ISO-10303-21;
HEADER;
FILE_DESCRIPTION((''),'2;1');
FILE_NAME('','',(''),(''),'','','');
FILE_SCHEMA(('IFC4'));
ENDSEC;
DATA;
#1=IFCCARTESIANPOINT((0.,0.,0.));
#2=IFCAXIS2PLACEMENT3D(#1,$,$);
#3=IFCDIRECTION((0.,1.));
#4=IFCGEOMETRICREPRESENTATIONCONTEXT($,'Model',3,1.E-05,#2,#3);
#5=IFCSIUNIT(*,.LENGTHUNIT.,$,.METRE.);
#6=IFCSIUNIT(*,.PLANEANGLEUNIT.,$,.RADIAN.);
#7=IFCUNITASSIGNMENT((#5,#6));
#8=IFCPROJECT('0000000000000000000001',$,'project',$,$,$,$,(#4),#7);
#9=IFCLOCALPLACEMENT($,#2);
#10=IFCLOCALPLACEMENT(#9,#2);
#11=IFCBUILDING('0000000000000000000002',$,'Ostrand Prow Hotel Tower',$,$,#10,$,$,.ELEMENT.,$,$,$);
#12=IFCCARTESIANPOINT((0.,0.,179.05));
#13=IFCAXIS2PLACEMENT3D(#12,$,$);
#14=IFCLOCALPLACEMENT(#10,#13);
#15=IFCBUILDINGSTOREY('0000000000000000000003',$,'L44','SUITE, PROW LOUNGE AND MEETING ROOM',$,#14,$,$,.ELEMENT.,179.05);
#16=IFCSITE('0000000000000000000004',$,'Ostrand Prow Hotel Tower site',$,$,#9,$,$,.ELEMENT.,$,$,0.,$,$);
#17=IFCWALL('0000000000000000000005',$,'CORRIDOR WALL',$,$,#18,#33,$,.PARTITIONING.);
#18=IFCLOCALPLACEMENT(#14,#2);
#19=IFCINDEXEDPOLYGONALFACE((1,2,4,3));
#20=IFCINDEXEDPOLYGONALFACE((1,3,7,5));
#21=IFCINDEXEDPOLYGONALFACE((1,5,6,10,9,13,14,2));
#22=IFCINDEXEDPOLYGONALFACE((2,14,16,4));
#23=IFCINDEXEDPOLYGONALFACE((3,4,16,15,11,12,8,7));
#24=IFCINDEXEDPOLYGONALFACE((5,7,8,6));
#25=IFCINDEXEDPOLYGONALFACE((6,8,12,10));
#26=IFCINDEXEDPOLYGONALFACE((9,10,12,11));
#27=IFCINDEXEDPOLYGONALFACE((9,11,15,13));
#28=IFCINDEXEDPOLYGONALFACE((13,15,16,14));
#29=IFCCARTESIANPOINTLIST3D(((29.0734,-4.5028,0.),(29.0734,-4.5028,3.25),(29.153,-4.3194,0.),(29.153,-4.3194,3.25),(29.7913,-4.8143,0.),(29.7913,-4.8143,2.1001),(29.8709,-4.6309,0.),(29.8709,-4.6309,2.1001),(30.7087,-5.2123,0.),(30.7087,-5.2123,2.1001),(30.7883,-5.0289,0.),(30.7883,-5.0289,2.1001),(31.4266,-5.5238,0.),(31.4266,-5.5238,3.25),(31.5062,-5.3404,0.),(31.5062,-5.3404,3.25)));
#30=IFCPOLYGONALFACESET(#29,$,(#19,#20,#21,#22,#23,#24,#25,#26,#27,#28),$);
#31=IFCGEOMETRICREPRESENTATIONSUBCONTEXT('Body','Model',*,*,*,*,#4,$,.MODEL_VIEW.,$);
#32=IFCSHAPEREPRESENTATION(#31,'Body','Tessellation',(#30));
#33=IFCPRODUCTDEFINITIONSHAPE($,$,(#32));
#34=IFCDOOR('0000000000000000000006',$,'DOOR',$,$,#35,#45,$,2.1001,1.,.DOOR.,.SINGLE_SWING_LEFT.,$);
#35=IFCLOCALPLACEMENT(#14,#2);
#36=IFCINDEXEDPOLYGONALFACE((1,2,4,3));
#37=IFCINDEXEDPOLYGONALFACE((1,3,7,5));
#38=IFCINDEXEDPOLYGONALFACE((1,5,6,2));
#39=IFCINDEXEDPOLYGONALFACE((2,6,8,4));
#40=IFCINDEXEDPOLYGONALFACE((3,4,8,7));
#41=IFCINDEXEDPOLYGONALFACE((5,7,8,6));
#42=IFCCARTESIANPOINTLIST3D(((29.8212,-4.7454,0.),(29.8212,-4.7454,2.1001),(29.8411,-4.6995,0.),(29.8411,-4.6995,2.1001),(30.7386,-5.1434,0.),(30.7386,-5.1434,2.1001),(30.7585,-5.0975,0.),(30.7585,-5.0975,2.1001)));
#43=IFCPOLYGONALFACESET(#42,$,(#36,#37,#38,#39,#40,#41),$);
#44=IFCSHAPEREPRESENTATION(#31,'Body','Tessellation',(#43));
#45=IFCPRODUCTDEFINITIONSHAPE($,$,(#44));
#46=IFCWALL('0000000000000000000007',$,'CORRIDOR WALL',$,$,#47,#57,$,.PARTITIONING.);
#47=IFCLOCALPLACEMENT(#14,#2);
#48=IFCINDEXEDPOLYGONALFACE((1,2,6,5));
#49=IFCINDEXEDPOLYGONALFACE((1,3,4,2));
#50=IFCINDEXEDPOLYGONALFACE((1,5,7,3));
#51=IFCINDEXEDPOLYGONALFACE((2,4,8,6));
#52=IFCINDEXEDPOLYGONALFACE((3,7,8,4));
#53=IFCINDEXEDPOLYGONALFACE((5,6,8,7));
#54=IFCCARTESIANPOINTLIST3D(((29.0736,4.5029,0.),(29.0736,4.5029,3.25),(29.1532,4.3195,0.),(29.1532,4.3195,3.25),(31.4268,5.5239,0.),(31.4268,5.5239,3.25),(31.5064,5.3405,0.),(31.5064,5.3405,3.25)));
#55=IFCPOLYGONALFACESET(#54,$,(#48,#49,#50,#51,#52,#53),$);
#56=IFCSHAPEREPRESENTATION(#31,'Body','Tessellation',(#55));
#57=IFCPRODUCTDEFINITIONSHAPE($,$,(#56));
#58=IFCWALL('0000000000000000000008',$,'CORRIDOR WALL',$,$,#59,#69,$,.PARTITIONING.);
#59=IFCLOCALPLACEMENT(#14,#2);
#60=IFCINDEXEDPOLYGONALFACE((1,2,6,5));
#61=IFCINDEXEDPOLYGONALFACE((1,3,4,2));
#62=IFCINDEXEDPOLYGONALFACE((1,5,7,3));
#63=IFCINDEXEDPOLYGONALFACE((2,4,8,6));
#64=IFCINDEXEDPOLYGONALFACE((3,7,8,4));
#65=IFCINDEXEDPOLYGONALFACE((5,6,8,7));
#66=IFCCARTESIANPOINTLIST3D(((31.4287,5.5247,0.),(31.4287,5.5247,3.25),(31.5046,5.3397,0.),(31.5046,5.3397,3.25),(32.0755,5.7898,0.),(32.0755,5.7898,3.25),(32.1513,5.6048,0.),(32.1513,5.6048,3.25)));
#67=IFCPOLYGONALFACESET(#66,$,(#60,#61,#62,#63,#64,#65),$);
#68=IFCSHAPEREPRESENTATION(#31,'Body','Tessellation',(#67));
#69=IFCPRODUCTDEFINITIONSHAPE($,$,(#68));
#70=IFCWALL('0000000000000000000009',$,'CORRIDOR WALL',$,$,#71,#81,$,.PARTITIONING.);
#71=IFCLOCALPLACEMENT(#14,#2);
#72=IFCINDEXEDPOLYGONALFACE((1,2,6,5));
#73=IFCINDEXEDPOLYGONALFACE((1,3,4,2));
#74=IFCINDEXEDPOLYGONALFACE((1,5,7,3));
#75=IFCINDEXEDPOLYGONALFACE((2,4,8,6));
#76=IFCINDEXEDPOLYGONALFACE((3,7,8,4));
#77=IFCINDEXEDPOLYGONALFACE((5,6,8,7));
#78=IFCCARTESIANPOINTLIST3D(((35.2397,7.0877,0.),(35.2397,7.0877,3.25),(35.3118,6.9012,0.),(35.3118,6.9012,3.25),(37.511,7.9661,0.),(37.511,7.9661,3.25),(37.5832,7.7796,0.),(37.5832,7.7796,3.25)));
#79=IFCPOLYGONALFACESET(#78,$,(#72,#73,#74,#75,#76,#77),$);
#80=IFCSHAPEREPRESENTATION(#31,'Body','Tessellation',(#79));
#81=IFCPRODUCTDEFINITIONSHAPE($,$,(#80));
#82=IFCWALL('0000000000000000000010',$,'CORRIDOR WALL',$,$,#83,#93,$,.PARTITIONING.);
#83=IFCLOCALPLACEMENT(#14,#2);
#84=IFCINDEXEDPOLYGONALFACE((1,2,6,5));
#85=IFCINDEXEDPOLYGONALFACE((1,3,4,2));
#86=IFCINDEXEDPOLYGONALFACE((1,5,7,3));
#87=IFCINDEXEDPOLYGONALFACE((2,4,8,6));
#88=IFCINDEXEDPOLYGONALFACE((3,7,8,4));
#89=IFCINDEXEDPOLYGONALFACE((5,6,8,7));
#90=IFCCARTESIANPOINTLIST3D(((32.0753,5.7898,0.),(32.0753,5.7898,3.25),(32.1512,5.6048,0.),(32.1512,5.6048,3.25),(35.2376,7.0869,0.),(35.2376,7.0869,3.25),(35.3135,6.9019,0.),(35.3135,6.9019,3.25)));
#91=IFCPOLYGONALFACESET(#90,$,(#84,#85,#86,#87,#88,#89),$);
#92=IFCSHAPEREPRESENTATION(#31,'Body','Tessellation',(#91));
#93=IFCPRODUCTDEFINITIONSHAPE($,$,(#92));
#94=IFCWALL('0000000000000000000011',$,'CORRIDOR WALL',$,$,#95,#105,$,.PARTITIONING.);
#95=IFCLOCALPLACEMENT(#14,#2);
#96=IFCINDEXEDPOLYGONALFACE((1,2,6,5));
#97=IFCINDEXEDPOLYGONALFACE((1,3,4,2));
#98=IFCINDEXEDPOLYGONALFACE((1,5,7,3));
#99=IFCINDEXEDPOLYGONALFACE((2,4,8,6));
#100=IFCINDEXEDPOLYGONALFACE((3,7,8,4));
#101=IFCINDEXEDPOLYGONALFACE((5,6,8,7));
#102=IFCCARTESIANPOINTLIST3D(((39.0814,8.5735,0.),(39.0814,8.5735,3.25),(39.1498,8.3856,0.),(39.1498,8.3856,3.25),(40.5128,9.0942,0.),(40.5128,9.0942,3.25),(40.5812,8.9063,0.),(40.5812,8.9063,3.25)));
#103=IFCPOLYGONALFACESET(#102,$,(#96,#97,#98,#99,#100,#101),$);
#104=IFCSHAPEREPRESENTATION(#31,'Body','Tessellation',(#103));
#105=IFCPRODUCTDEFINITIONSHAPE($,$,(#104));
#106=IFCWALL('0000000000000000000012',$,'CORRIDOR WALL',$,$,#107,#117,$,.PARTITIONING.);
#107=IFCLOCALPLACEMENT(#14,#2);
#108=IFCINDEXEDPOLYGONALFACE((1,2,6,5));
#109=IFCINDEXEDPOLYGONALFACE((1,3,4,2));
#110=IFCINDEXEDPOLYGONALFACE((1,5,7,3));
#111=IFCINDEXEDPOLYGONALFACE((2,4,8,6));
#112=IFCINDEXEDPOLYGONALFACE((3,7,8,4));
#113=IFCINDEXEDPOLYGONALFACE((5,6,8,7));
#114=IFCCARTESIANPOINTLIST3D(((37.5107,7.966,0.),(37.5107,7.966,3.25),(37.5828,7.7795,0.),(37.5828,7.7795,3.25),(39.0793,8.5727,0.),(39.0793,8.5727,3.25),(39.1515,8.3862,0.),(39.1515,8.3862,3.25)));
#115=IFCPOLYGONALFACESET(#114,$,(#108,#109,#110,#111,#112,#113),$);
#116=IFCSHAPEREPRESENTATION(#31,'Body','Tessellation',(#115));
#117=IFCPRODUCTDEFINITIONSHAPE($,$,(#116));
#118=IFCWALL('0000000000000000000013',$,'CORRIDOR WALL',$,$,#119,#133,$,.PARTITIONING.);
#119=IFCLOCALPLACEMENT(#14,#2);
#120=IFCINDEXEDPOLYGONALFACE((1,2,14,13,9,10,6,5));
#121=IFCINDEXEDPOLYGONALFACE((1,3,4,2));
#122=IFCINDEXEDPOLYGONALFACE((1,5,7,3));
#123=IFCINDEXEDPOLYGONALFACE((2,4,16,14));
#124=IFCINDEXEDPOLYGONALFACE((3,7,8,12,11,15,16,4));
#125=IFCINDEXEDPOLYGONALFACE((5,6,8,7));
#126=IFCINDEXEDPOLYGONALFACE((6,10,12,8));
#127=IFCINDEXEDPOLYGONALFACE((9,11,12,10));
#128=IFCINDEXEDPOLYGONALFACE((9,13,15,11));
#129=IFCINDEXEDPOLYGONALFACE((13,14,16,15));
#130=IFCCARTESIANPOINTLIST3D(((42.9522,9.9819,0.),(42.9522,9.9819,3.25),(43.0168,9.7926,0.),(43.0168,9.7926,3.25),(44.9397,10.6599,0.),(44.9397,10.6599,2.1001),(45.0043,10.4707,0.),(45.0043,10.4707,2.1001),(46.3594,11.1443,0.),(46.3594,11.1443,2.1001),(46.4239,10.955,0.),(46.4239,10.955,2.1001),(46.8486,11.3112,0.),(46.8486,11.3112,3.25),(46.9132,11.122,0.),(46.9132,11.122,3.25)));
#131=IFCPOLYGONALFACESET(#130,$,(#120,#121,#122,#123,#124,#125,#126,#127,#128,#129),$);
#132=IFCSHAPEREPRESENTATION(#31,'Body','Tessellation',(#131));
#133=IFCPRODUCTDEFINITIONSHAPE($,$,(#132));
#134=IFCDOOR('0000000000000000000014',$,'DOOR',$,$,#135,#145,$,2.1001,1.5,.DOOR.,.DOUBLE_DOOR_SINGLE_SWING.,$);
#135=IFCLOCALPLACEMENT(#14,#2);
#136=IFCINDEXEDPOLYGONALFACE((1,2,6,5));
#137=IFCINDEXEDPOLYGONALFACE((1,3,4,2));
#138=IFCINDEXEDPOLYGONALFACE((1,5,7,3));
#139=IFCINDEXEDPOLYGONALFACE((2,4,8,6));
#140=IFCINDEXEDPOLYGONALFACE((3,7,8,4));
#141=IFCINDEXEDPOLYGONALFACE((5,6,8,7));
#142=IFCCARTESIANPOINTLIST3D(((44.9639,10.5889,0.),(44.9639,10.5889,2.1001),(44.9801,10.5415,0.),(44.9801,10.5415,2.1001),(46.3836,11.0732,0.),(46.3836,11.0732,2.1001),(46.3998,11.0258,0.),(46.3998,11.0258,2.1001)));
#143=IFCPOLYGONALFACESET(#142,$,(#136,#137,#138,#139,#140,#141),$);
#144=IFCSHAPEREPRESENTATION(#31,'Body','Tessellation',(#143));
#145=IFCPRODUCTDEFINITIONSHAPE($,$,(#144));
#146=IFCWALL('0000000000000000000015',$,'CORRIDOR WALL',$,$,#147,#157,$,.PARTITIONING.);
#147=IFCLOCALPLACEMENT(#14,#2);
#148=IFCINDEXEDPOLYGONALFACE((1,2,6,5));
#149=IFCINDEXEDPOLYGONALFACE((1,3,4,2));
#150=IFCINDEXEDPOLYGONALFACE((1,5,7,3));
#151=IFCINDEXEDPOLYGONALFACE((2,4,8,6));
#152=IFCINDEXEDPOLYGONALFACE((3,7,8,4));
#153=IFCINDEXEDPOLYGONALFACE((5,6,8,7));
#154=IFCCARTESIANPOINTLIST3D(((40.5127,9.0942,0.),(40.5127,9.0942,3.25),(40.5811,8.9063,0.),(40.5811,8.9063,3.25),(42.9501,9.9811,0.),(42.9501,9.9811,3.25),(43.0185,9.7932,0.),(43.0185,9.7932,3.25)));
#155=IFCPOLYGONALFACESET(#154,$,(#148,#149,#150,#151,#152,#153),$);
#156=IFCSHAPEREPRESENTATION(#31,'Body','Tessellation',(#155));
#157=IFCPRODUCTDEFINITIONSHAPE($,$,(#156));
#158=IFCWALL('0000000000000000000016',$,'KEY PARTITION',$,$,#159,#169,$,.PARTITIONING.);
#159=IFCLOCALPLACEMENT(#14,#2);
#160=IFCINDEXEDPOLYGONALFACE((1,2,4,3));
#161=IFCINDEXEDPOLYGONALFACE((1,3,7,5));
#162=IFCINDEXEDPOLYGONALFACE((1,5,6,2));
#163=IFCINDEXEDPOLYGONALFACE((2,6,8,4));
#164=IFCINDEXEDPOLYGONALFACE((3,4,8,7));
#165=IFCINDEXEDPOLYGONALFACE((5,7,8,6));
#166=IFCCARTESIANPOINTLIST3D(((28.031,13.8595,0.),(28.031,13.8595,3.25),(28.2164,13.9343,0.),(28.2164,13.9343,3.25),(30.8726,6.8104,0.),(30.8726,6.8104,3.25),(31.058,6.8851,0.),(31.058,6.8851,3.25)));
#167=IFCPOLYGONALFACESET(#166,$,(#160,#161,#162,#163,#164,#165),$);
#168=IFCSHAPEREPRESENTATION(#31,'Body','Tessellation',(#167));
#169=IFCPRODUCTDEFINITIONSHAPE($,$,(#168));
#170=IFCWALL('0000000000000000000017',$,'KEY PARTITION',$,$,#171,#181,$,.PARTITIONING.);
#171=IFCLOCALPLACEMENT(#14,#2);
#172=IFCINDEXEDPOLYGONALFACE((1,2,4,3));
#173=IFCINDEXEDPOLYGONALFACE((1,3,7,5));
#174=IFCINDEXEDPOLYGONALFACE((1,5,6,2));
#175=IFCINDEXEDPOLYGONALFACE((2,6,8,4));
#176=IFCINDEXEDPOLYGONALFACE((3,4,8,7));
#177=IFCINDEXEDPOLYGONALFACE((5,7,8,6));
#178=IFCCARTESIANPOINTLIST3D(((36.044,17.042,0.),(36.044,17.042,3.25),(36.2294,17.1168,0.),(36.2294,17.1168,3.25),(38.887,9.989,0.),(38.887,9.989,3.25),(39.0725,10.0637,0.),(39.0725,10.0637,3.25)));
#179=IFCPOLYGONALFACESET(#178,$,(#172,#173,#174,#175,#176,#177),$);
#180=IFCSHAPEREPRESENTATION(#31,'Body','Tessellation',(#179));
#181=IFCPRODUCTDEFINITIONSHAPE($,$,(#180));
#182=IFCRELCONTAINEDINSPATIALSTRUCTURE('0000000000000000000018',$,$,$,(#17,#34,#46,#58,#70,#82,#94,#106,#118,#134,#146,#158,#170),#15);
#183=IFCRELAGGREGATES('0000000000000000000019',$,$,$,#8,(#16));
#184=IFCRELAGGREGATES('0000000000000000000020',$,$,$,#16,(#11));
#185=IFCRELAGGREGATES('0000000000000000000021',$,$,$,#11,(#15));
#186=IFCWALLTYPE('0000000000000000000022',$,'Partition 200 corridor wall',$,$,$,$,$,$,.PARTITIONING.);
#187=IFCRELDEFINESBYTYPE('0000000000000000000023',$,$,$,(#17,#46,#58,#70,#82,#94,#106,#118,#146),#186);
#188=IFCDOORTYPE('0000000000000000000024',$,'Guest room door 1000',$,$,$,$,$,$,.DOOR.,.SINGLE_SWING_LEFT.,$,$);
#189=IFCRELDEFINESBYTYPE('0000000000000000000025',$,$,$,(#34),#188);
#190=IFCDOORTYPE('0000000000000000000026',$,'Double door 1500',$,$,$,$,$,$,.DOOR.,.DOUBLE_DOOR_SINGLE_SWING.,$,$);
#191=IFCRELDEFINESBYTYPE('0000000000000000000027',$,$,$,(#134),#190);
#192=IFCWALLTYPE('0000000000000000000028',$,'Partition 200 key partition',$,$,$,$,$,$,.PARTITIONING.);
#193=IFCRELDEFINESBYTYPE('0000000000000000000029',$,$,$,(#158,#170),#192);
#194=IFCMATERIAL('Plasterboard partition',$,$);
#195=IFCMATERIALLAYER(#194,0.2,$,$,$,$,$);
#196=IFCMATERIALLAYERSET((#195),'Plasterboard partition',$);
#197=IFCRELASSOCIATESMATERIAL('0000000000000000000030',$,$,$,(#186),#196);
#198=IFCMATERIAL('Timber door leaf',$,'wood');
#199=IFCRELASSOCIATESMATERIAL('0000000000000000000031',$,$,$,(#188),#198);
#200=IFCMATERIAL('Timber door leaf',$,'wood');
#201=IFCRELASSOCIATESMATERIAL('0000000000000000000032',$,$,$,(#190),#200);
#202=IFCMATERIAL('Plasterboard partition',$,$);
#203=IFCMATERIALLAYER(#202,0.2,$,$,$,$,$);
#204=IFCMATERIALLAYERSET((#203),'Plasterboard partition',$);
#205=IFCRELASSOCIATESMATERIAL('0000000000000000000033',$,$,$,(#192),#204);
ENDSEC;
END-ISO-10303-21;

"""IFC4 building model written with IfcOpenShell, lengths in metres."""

from ifc_helpers import new_model, si_unit, direction, frame, frame_2d, origin, place, context, subcontext, project, spatial, rectangle, extrude, material, layer, layer_set, type_object, element, fill, save


model = new_model("IFC4")

# Units and contexts
model_context = context("Model", 3, precision=1e-05, world=origin(), true_north=direction((0.0, 1.0)))
body_context = subcontext(model_context, "Body", "Model", "MODEL_VIEW")
ifc_project = project(units=[si_unit("LENGTHUNIT", "METRE"), si_unit("PLANEANGLEUNIT", "RADIAN")], contexts=[model_context])

# Site, building, storey
site_placement = place(None, origin())
site = spatial("IfcSite", under=ifc_project, at=site_placement, Name="Ostrand Prow Hotel Tower site", CompositionType="ELEMENT", RefElevation=0.0)
building_placement = place(site_placement, origin())
building = spatial("IfcBuilding", under=site, at=building_placement, Name="Ostrand Prow Hotel Tower", CompositionType="ELEMENT")
storey_placement = place(building_placement, frame((0.0, 0.0, 179.05)))
storey = spatial("IfcBuildingStorey", under=building, at=storey_placement, Name="L44", Description="SUITE, PROW LOUNGE AND MEETING ROOM", CompositionType="ELEMENT", Elevation=179.05)

# Shared definitions
ifc_material_1 = material(Name="Plasterboard partition")
ifc_layer_1 = layer(ifc_material_1, 0.2)
ifc_layer_set_1 = layer_set([ifc_layer_1], Name="Plasterboard partition")
wall_type_1 = type_object("IfcWallType", Name="Partition 200 corridor wall", PredefinedType="PARTITIONING", material=ifc_layer_set_1)

# Wall, opening, door
wall_1_placement = place(storey_placement, frame((31.4666, -5.4321, 0.0), z_axis=(0.0, 0.0, 1.0), x_axis=(-0.917378, 0.398016, 0.0)))
wall_1 = element("IfcWall", 1, at=wall_1_placement, inside=storey, type_object=wall_type_1, Name="CORRIDOR WALL", PredefinedType="PARTITIONING", context=body_context, shape_type="SweptSolid", body=[
    extrude(rectangle(XDim=2.5652, YDim=0.2, at=frame_2d((1.2827, 0.0))), origin(), (0.0, 0.0, 1.0), 3.25),
])
opening_1_placement = place(wall_1_placement, frame((0.7827, 0.0, 0.0)))
opening_1 = element("IfcOpeningElement", 2, at=opening_1_placement, cuts=wall_1, PredefinedType="OPENING", context=body_context, shape_type="SweptSolid", body=[
    extrude(rectangle(XDim=1.0, YDim=2.1001, at=frame_2d((0.5, 1.05))), frame((0.0, 0.1099, 0.0), z_axis=(0.0, -1.0, 0.0), x_axis=(1.0, 0.0, 0.0)), (0.0, 0.0, 1.0), 0.22),
])
ifc_material_2 = material(Name="Timber door leaf", Category="wood")
door_type_1 = type_object("IfcDoorType", Name="Guest room door 1000", OperationType="SINGLE_SWING_LEFT", PredefinedType="DOOR", material=ifc_material_2)
door_1_placement = place(opening_1_placement, origin())
door_1 = element("IfcDoor", 3, at=door_1_placement, inside=storey, type_object=door_type_1, Name="DOOR", OperationType="SINGLE_SWING_LEFT", OverallHeight=2.1001, OverallWidth=1.0, PredefinedType="DOOR", context=body_context, shape_type="SweptSolid", body=[
    extrude(rectangle(XDim=1.0, YDim=2.1001, at=frame_2d((0.5, 1.05))), frame((0.0, 0.0249, 0.0), z_axis=(0.0, -1.0, 0.0), x_axis=(1.0, 0.0, 0.0)), (0.0, 0.0, 1.0), 0.05),
])
fill(opening_1, door_1)

# Walls
wall_2_placement = place(storey_placement, frame((29.1133, 4.4111, 0.0), z_axis=(0.0, 0.0, 1.0), x_axis=(0.917378, 0.398016, 0.0)))
element("IfcWall", 4, at=wall_2_placement, inside=storey, type_object=wall_type_1, Name="CORRIDOR WALL", PredefinedType="PARTITIONING", context=body_context, shape_type="SweptSolid", body=[
    extrude(rectangle(XDim=2.5652, YDim=0.2, at=frame_2d((1.2827, 0.0))), origin(), (0.0, 0.0, 1.0), 3.25),
])
wall_3_placement = place(storey_placement, frame((31.4666, 5.4321, 0.0), z_axis=(0.0, 0.0, 1.0), x_axis=(0.925263, 0.379326, 0.0)))
element("IfcWall", 5, at=wall_3_placement, inside=storey, type_object=wall_type_1, Name="CORRIDOR WALL", PredefinedType="PARTITIONING", context=body_context, shape_type="SweptSolid", body=[
    extrude(rectangle(XDim=0.699, YDim=0.2, at=frame_2d((0.3496, 0.0))), origin(), (0.0, 0.0, 1.0), 3.25),
])
wall_4_placement = place(storey_placement, frame((35.2756, 6.9944, 0.0), z_axis=(0.0, 0.0, 1.0), x_axis=(0.932675, 0.360718, 0.0)))
element("IfcWall", 6, at=wall_4_placement, inside=storey, type_object=wall_type_1, Name="CORRIDOR WALL", PredefinedType="PARTITIONING", context=body_context, shape_type="SweptSolid", body=[
    extrude(rectangle(XDim=2.4353, YDim=0.2, at=frame_2d((1.2178, 0.0))), origin(), (0.0, 0.0, 1.0), 3.25),
])
wall_5_placement = place(storey_placement, frame((32.1133, 5.6973, 0.0), z_axis=(0.0, 0.0, 1.0), x_axis=(0.925195, 0.379492, 0.0)))
element("IfcWall", 7, at=wall_5_placement, inside=storey, type_object=wall_type_1, Name="CORRIDOR WALL", PredefinedType="PARTITIONING", context=body_context, shape_type="SweptSolid", body=[
    extrude(rectangle(XDim=3.418, YDim=0.2, at=frame_2d((1.709, 0.0))), origin(), (0.0, 0.0, 1.0), 3.25),
])
wall_6_placement = place(storey_placement, frame((39.1155, 8.4795, 0.0), z_axis=(0.0, 0.0, 1.0), x_axis=(0.939742, 0.341885, 0.0)))
element("IfcWall", 8, at=wall_6_placement, inside=storey, type_object=wall_type_1, Name="CORRIDOR WALL", PredefinedType="PARTITIONING", context=body_context, shape_type="SweptSolid", body=[
    extrude(rectangle(XDim=1.5232, YDim=0.2, at=frame_2d((0.7617, 0.0))), origin(), (0.0, 0.0, 1.0), 3.25),
])
wall_7_placement = place(storey_placement, frame((37.5469, 7.8728, 0.0), z_axis=(0.0, 0.0, 1.0), x_axis=(0.932671, 0.360729, 0.0)))
element("IfcWall", 9, at=wall_7_placement, inside=storey, type_object=wall_type_1, Name="CORRIDOR WALL", PredefinedType="PARTITIONING", context=body_context, shape_type="SweptSolid", body=[
    extrude(rectangle(XDim=1.6819, YDim=0.2, at=frame_2d((0.8408, 0.0))), origin(), (0.0, 0.0, 1.0), 3.25),
])

# Wall, opening, door
wall_8_placement = place(storey_placement, frame((42.9844, 9.8872, 0.0), z_axis=(0.0, 0.0, 1.0), x_axis=(0.946436, 0.322891, 0.0)))
wall_8 = element("IfcWall", 10, at=wall_8_placement, inside=storey, type_object=wall_type_1, Name="CORRIDOR WALL", PredefinedType="PARTITIONING", context=body_context, shape_type="SweptSolid", body=[
    extrude(rectangle(XDim=4.1169, YDim=0.2, at=frame_2d((2.0586, 0.0))), origin(), (0.0, 0.0, 1.0), 3.25),
])
opening_2_placement = place(wall_8_placement, frame((2.1001, 0.0, 0.0)))
opening_2 = element("IfcOpeningElement", 11, at=opening_2_placement, cuts=wall_8, PredefinedType="OPENING", context=body_context, shape_type="SweptSolid", body=[
    extrude(rectangle(XDim=1.5, YDim=2.1001, at=frame_2d((0.75, 1.05))), frame((0.0, 0.1099, 0.0), z_axis=(0.0, -1.0, 0.0), x_axis=(1.0, 0.0, 0.0)), (0.0, 0.0, 1.0), 0.22),
])
ifc_material_3 = material(Name="Timber door leaf", Category="wood")
door_type_2 = type_object("IfcDoorType", Name="Double door 1500", OperationType="DOUBLE_DOOR_SINGLE_SWING", PredefinedType="DOOR", material=ifc_material_3)
door_2_placement = place(opening_2_placement, origin())
door_2 = element("IfcDoor", 12, at=door_2_placement, inside=storey, type_object=door_type_2, Name="DOOR", OperationType="DOUBLE_DOOR_SINGLE_SWING", OverallHeight=2.1001, OverallWidth=1.5, PredefinedType="DOOR", context=body_context, shape_type="SweptSolid", body=[
    extrude(rectangle(XDim=1.5, YDim=2.1001, at=frame_2d((0.75, 1.05))), frame((0.0, 0.0249, 0.0), z_axis=(0.0, -1.0, 0.0), x_axis=(1.0, 0.0, 0.0)), (0.0, 0.0, 1.0), 0.05),
])
fill(opening_2, door_2)

# Walls
wall_9_placement = place(storey_placement, frame((40.5469, 9.0002, 0.0), z_axis=(0.0, 0.0, 1.0), x_axis=(0.939719, 0.341947, 0.0)))
element("IfcWall", 13, at=wall_9_placement, inside=storey, type_object=wall_type_1, Name="CORRIDOR WALL", PredefinedType="PARTITIONING", context=body_context, shape_type="SweptSolid", body=[
    extrude(rectangle(XDim=2.5938, YDim=0.2, at=frame_2d((1.2969, 0.0))), origin(), (0.0, 0.0, 1.0), 3.25),
])
ifc_material_4 = material(Name="Plasterboard partition")
ifc_layer_2 = layer(ifc_material_4, 0.2)
ifc_layer_set_2 = layer_set([ifc_layer_2], Name="Plasterboard partition")
wall_type_2 = type_object("IfcWallType", Name="Partition 200 key partition", PredefinedType="PARTITIONING", material=ifc_layer_set_2)
wall_10_placement = place(storey_placement, frame((30.9653, 6.8477, 0.0), z_axis=(0.0, 0.0, 1.0), x_axis=(-0.373876, 0.927479, 0.0)))
element("IfcWall", 14, at=wall_10_placement, inside=storey, type_object=wall_type_2, Name="KEY PARTITION", PredefinedType="PARTITIONING", context=body_context, shape_type="SweptSolid", body=[
    extrude(rectangle(XDim=7.6003, YDim=0.2, at=frame_2d((3.8003, 0.0))), origin(), (0.0, 0.0, 1.0), 3.25),
])
wall_11_placement = place(storey_placement, frame((38.9797, 10.0264, 0.0), z_axis=(0.0, 0.0, 1.0), x_axis=(-0.373864, 0.927484, 0.0)))
element("IfcWall", 15, at=wall_11_placement, inside=storey, type_object=wall_type_2, Name="KEY PARTITION", PredefinedType="PARTITIONING", context=body_context, shape_type="SweptSolid", body=[
    extrude(rectangle(XDim=7.6045, YDim=0.2, at=frame_2d((3.8022, 0.0))), origin(), (0.0, 0.0, 1.0), 3.25),
])

save(model, "model.ifc")
